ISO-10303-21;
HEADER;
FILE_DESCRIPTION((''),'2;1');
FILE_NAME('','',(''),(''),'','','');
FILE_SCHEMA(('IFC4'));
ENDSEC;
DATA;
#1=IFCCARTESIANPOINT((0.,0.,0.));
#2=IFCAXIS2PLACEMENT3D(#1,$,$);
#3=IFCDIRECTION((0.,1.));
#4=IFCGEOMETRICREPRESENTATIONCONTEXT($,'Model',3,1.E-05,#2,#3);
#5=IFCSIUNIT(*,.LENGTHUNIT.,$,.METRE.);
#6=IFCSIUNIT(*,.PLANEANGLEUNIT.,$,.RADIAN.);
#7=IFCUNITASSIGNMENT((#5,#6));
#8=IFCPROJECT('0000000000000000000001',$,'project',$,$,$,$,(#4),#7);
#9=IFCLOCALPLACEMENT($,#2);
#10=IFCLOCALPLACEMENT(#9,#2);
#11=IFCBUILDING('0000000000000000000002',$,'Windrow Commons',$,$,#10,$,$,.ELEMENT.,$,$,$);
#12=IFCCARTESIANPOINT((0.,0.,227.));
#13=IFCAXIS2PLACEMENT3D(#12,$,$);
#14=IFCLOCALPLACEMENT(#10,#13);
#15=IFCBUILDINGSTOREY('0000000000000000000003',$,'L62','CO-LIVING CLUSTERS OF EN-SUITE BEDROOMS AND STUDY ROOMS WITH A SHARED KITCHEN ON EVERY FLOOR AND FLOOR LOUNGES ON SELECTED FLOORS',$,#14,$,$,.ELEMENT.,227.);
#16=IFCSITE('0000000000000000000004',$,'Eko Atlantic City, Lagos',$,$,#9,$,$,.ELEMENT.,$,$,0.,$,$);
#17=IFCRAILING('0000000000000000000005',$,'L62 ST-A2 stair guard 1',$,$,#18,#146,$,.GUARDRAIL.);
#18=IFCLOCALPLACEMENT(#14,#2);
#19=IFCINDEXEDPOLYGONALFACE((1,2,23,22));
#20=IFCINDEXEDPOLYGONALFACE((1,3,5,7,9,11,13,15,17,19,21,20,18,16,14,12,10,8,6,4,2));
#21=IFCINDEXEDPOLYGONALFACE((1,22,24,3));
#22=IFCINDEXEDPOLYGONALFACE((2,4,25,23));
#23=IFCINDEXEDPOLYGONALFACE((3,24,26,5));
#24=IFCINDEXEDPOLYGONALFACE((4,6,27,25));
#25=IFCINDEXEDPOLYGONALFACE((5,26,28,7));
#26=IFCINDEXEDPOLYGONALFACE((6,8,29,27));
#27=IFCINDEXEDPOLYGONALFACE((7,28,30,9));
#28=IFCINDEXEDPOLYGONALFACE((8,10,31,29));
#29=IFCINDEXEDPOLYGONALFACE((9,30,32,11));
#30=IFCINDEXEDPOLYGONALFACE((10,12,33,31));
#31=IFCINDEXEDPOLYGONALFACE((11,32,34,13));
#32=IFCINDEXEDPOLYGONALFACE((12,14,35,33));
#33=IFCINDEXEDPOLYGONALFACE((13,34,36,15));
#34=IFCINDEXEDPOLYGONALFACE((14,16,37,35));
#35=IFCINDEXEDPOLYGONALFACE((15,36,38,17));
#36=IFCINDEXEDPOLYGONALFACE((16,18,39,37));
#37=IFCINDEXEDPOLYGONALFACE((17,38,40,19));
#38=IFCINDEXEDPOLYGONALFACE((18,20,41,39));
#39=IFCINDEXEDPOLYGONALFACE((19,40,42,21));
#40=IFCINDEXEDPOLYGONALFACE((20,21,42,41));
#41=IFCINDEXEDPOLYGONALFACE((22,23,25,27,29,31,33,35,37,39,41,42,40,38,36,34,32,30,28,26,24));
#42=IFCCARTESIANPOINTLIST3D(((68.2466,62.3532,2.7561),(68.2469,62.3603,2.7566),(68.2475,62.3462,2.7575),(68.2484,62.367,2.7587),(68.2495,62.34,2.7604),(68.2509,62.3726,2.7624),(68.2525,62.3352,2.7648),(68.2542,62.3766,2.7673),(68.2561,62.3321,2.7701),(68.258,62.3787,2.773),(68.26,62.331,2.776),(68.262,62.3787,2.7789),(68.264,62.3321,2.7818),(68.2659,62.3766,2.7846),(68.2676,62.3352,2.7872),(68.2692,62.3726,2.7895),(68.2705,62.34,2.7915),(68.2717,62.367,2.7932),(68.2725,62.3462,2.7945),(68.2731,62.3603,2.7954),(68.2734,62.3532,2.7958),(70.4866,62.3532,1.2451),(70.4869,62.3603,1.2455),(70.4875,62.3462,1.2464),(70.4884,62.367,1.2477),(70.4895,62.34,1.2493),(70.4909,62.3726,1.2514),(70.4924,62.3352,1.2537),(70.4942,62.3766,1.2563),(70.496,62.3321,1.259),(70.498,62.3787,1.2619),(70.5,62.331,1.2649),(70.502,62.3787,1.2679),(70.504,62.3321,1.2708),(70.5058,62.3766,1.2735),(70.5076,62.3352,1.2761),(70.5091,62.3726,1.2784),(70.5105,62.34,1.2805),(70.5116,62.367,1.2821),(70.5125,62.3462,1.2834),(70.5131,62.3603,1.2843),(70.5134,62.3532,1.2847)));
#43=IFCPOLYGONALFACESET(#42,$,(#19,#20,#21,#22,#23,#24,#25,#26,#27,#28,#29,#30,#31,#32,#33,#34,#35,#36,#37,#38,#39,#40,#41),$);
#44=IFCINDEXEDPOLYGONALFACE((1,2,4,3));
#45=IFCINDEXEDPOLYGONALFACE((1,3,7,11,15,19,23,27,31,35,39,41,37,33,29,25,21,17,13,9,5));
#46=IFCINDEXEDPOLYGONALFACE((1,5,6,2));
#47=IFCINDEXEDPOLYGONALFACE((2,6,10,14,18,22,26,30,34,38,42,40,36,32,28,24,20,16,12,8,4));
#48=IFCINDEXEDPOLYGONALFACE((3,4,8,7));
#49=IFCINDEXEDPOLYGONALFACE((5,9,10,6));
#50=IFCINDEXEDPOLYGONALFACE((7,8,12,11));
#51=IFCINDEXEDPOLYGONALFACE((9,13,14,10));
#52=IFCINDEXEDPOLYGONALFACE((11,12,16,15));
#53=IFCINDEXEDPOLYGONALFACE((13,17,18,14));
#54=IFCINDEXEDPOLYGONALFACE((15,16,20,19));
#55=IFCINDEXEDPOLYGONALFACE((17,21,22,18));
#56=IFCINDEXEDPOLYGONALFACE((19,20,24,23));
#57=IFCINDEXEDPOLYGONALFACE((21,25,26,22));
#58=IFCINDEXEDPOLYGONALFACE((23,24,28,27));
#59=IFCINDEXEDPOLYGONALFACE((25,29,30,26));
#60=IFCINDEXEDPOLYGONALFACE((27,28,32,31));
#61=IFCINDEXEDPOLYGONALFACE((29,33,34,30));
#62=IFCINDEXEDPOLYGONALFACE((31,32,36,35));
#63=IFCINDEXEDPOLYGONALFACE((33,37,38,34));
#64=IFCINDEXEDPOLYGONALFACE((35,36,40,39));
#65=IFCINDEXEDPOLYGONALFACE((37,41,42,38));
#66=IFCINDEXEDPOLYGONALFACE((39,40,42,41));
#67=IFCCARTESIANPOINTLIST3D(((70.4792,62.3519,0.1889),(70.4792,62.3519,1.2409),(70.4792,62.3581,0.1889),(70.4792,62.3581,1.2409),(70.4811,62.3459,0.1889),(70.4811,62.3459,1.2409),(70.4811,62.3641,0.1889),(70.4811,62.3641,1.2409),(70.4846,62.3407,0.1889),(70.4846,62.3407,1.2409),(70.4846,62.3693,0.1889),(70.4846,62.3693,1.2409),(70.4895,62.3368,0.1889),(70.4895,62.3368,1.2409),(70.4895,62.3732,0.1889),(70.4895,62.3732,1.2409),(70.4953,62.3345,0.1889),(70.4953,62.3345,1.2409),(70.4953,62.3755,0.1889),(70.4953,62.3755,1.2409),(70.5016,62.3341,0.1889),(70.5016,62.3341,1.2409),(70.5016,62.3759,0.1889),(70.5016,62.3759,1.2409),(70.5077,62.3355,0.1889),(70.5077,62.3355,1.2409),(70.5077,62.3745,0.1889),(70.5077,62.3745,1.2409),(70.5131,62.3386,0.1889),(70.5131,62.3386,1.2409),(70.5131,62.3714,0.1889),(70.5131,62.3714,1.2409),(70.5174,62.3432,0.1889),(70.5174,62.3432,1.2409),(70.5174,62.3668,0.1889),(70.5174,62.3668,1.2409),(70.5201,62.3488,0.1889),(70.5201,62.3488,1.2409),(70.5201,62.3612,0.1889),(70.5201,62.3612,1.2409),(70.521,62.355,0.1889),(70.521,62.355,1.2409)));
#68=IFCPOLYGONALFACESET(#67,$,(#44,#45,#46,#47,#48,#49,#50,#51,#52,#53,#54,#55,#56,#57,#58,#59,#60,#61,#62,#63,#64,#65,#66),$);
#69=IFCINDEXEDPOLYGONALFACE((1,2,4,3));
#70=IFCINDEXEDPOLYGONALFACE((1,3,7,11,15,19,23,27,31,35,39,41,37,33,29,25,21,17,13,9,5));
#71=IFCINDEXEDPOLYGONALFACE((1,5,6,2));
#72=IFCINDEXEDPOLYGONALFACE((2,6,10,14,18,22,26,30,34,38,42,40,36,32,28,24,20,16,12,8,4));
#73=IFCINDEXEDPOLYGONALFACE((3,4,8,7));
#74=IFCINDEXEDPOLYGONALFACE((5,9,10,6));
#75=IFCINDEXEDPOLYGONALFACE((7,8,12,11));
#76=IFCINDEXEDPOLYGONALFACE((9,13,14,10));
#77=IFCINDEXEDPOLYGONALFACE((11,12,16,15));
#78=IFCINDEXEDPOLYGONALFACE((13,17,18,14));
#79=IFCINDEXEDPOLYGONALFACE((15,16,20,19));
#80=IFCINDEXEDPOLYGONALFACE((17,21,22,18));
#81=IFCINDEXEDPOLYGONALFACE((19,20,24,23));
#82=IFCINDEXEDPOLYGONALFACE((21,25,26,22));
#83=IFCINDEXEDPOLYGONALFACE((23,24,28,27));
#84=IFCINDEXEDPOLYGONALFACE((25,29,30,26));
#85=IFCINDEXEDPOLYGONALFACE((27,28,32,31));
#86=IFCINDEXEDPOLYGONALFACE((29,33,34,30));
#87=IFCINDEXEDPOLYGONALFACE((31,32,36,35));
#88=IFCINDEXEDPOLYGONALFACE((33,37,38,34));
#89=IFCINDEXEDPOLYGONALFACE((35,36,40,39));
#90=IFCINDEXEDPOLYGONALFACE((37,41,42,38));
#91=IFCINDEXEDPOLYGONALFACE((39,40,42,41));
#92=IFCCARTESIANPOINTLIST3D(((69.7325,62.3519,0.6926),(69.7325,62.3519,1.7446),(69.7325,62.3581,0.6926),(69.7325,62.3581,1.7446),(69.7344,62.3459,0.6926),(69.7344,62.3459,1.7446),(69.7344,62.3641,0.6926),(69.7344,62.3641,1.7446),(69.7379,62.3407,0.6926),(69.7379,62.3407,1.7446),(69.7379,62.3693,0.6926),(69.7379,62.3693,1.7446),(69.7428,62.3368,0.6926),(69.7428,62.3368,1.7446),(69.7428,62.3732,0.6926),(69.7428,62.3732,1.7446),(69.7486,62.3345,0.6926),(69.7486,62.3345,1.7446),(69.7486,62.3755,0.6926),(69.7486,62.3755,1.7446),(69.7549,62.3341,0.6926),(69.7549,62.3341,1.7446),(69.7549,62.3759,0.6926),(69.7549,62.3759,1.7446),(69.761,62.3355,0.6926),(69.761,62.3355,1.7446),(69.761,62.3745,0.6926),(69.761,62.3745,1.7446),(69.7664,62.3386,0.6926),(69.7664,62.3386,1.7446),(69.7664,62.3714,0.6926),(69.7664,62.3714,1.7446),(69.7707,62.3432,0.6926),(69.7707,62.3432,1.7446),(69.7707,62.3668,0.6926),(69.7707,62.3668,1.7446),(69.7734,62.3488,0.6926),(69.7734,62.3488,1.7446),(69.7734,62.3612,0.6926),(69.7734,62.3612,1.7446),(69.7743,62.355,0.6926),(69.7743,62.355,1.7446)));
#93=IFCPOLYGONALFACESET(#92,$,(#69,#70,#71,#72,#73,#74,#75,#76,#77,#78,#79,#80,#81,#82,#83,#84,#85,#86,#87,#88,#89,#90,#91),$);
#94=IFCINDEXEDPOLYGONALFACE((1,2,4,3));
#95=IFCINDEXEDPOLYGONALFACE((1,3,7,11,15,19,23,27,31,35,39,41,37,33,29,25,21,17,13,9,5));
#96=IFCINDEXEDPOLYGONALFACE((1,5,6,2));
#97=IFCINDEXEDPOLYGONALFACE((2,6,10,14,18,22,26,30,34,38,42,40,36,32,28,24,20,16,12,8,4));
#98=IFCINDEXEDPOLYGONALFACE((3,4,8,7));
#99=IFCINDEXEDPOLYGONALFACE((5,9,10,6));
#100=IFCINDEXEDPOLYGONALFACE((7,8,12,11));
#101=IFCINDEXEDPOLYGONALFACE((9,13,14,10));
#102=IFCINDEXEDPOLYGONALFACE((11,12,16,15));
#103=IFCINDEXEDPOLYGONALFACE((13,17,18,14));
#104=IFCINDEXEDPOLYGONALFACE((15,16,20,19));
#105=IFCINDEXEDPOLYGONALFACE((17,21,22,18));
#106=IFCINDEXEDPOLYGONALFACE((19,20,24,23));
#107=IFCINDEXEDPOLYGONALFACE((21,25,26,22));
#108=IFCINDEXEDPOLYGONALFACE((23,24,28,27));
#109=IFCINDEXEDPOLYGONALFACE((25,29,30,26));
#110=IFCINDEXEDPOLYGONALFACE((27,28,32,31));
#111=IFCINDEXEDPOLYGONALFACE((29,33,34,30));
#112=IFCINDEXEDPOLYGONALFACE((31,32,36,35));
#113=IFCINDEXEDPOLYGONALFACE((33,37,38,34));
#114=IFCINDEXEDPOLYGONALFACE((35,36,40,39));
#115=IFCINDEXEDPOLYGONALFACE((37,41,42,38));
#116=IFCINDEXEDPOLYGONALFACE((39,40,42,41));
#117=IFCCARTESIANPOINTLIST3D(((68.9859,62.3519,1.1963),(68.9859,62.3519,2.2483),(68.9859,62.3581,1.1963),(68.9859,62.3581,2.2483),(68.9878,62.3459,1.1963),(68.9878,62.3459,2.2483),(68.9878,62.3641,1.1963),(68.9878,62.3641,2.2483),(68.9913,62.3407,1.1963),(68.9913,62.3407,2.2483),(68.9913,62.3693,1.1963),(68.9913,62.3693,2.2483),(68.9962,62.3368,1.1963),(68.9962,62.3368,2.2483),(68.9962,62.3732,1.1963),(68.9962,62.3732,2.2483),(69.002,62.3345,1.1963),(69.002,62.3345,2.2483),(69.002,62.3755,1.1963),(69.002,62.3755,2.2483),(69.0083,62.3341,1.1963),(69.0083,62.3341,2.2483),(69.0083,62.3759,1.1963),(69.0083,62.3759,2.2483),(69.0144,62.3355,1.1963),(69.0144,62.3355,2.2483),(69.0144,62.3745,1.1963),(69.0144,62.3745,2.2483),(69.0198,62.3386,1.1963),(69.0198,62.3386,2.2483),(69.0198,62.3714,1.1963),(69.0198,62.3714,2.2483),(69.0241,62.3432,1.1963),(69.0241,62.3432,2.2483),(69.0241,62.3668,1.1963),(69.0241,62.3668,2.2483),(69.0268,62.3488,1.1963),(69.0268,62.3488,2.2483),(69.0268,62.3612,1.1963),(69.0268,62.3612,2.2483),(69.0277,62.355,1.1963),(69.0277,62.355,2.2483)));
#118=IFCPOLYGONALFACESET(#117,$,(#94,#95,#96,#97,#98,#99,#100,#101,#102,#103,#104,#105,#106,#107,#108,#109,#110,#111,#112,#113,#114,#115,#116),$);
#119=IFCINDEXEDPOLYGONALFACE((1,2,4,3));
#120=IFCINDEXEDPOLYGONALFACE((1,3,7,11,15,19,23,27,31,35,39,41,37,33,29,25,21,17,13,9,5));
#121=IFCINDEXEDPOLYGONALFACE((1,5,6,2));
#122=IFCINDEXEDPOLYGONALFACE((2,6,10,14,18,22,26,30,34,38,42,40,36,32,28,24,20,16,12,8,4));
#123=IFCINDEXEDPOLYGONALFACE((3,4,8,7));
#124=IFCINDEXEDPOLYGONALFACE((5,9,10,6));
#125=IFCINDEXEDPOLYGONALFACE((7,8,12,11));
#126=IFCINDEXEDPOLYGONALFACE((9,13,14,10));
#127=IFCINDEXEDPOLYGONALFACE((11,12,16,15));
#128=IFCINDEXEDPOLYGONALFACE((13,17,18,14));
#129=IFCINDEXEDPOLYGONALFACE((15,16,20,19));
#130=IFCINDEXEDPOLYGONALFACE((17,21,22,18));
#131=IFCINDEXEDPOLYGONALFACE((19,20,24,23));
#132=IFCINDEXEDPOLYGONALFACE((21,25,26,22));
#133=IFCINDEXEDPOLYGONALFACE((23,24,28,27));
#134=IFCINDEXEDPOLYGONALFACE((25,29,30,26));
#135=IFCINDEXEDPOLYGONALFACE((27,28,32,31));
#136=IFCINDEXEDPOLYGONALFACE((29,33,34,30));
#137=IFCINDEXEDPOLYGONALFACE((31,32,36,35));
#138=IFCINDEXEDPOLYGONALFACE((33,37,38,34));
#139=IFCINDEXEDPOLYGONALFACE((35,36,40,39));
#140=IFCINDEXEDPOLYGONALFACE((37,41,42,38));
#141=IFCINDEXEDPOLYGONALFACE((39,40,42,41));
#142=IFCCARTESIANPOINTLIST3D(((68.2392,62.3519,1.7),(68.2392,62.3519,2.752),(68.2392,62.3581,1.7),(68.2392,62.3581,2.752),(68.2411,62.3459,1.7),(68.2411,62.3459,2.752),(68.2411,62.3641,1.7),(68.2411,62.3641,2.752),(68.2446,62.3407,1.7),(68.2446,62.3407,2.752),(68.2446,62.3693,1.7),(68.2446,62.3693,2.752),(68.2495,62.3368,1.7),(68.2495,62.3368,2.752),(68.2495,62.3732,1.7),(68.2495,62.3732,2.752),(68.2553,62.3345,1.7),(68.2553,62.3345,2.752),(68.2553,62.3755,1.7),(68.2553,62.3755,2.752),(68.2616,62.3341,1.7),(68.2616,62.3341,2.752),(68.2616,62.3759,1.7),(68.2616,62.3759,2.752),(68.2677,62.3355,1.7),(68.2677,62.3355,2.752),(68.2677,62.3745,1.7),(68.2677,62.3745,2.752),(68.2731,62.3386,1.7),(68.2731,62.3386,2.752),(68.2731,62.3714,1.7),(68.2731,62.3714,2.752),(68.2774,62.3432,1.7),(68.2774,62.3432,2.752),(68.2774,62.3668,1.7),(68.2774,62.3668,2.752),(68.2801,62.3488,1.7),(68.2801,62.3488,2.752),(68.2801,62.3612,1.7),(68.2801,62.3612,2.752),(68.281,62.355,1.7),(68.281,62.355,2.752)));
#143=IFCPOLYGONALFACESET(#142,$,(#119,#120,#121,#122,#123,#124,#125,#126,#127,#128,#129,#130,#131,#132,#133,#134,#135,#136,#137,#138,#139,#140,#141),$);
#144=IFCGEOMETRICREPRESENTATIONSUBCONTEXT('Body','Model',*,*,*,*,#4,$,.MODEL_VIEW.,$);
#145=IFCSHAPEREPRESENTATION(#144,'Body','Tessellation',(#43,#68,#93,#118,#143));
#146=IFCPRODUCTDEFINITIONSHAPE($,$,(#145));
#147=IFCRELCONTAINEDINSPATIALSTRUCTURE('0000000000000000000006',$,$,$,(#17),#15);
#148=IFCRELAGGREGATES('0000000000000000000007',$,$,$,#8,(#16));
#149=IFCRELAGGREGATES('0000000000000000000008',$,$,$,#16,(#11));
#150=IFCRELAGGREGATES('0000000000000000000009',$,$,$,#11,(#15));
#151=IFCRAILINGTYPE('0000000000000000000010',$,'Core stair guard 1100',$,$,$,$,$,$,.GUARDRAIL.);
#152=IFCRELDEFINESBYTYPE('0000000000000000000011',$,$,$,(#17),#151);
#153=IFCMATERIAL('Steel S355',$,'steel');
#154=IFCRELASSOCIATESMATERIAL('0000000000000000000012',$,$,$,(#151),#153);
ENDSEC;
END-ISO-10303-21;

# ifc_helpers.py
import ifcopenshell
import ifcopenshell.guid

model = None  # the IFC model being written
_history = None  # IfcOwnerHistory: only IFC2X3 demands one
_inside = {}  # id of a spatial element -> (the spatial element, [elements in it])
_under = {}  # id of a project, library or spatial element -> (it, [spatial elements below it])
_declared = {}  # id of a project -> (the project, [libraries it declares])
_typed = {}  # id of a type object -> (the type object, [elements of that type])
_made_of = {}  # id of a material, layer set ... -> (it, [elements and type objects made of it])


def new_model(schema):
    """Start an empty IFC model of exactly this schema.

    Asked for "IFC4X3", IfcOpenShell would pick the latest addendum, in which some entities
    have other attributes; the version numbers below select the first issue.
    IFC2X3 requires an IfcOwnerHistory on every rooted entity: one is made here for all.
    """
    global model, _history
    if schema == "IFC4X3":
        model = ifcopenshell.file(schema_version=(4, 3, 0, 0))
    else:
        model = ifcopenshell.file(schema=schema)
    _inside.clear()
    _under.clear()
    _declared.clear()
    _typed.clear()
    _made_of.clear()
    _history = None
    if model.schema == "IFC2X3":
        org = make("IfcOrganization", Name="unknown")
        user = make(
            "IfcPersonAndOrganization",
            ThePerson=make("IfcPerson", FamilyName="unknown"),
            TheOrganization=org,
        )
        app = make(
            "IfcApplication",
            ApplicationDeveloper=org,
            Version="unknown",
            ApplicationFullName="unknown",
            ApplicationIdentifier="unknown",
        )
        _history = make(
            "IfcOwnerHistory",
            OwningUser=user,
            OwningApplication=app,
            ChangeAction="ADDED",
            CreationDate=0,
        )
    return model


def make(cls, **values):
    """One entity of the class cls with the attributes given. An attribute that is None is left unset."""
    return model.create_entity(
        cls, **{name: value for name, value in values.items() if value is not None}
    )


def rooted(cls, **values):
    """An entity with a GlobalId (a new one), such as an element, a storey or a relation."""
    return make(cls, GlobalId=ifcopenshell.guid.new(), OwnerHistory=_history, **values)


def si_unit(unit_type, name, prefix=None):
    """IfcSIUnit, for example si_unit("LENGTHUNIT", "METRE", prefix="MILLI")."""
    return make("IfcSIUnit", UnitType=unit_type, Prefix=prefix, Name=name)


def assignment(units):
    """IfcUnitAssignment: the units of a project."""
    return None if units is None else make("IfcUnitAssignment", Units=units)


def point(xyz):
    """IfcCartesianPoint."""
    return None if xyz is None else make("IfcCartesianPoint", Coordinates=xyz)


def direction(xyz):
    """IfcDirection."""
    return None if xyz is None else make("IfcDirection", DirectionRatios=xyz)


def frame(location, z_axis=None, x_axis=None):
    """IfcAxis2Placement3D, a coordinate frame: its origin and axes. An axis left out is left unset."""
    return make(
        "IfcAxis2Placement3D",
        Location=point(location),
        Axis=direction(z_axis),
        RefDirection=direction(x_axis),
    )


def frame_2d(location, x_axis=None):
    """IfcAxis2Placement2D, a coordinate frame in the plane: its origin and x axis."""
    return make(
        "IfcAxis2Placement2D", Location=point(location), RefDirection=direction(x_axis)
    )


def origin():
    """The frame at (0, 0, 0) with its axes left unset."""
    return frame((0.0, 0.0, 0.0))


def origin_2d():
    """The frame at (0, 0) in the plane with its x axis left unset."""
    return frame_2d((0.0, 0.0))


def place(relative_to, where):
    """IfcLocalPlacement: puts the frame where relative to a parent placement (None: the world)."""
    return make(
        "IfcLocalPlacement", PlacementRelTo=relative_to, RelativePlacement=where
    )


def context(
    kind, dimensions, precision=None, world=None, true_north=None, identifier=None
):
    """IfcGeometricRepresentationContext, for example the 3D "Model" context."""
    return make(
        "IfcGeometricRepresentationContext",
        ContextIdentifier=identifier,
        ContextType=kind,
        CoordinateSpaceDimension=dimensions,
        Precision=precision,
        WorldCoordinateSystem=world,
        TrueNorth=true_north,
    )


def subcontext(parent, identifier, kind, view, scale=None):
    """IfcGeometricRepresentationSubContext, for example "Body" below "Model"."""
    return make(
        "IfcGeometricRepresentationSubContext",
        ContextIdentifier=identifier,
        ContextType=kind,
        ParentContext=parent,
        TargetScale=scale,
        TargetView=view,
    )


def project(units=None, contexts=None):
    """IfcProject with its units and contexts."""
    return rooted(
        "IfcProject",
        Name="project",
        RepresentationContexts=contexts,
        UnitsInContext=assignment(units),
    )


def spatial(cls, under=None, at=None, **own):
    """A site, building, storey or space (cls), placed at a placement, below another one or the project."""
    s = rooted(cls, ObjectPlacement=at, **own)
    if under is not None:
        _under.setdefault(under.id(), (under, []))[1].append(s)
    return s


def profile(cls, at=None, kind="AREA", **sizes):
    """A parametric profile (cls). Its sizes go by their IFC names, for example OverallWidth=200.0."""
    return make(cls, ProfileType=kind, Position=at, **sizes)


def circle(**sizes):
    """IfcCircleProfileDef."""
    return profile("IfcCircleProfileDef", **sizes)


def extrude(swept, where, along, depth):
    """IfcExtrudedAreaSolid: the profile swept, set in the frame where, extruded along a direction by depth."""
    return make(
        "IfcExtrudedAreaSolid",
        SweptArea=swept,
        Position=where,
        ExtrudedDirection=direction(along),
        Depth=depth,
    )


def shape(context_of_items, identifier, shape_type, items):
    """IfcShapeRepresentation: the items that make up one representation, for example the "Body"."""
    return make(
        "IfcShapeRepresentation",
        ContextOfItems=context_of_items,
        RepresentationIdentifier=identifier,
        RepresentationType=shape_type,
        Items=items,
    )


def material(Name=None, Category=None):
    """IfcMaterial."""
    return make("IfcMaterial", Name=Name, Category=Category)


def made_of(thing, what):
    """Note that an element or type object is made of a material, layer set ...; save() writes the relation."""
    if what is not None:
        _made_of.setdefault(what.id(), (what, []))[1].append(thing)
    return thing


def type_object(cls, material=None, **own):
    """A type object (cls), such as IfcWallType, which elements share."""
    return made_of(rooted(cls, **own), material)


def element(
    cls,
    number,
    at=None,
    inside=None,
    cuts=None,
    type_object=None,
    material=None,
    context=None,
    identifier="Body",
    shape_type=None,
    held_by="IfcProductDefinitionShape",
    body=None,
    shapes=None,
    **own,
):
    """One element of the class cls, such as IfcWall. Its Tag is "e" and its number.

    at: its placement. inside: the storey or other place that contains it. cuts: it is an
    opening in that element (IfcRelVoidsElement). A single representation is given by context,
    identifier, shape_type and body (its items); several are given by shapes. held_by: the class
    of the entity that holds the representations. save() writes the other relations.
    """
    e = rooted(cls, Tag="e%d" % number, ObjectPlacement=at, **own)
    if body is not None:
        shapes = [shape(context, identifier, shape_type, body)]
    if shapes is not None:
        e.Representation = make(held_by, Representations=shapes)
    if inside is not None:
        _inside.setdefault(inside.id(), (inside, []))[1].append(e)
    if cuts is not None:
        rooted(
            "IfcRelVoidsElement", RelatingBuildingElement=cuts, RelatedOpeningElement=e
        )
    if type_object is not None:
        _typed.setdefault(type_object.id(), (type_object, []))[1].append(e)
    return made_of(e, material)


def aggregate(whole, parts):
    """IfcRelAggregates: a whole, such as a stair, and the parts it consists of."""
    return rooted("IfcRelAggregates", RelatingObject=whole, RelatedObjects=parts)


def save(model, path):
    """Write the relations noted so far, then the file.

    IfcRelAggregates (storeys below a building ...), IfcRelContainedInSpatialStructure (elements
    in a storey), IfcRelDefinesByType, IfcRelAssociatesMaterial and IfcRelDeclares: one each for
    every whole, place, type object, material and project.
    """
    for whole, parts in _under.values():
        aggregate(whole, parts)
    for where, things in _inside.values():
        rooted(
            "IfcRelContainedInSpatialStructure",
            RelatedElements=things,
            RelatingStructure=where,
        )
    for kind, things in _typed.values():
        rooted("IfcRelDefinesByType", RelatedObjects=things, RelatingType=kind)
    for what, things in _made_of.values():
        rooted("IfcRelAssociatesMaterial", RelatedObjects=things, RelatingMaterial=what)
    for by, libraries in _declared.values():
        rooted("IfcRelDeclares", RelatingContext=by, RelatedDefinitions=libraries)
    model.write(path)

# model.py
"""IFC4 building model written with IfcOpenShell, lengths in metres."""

from ifc_helpers import new_model, si_unit, direction, frame, origin, origin_2d, place, context, subcontext, project, spatial, circle, extrude, material, type_object, element, save


model = new_model("IFC4")

# Units and contexts
model_context = context("Model", 3, precision=1e-05, world=origin(), true_north=direction((0.0, 1.0)))
body_context = subcontext(model_context, "Body", "Model", "MODEL_VIEW")
ifc_project = project(units=[si_unit("LENGTHUNIT", "METRE"), si_unit("PLANEANGLEUNIT", "RADIAN")], contexts=[model_context])

# Site, building, storey
site_placement = place(None, origin())
site = spatial("IfcSite", under=ifc_project, at=site_placement, Name="Eko Atlantic City, Lagos", CompositionType="ELEMENT", RefElevation=0.0)
building_placement = place(site_placement, origin())
building = spatial("IfcBuilding", under=site, at=building_placement, Name="Windrow Commons", CompositionType="ELEMENT")
storey_placement = place(building_placement, frame((0.0, 0.0, 227.0)))
storey = spatial("IfcBuildingStorey", under=building, at=storey_placement, Name="L62", Description="CO-LIVING CLUSTERS OF EN-SUITE BEDROOMS AND STUDY ROOMS WITH A SHARED KITCHEN ON EVERY FLOOR AND FLOOR LOUNGES ON SELECTED FLOORS", CompositionType="ELEMENT", Elevation=227.0)

# Railing
ifc_material_1 = material(Name="Steel S355", Category="steel")
railing_type_1 = type_object("IfcRailingType", Name="Core stair guard 1100", PredefinedType="GUARDRAIL", material=ifc_material_1)
railing_1_placement = place(storey_placement, frame((70.5, 62.355, 0.1889)))
element("IfcRailing", 1, at=railing_1_placement, inside=storey, type_object=railing_type_1, Name="L62 ST-A2 stair guard 1", PredefinedType="GUARDRAIL", context=body_context, shape_type="SweptSolid", body=[
    extrude(circle(Radius=0.024, at=origin_2d()), frame((0.0, 0.0, 1.076), z_axis=(-0.829003, 0.0, 0.559244), x_axis=(0.0, -1.0, 0.0)), (0.0, 0.0, 1.0), 2.702),
    extrude(circle(Radius=0.021, at=origin_2d()), origin(), (0.0, 0.0, 1.0), 1.052),
    extrude(circle(Radius=0.021, at=origin_2d()), frame((-0.7467, 0.0, 0.5037)), (0.0, 0.0, 1.0), 1.052),
    extrude(circle(Radius=0.021, at=origin_2d()), frame((-1.4933, 0.0, 1.0074)), (0.0, 0.0, 1.0), 1.052),
    extrude(circle(Radius=0.021, at=origin_2d()), frame((-2.24, 0.0, 1.5111)), (0.0, 0.0, 1.0), 1.052),
])

save(model, "model.ifc")
